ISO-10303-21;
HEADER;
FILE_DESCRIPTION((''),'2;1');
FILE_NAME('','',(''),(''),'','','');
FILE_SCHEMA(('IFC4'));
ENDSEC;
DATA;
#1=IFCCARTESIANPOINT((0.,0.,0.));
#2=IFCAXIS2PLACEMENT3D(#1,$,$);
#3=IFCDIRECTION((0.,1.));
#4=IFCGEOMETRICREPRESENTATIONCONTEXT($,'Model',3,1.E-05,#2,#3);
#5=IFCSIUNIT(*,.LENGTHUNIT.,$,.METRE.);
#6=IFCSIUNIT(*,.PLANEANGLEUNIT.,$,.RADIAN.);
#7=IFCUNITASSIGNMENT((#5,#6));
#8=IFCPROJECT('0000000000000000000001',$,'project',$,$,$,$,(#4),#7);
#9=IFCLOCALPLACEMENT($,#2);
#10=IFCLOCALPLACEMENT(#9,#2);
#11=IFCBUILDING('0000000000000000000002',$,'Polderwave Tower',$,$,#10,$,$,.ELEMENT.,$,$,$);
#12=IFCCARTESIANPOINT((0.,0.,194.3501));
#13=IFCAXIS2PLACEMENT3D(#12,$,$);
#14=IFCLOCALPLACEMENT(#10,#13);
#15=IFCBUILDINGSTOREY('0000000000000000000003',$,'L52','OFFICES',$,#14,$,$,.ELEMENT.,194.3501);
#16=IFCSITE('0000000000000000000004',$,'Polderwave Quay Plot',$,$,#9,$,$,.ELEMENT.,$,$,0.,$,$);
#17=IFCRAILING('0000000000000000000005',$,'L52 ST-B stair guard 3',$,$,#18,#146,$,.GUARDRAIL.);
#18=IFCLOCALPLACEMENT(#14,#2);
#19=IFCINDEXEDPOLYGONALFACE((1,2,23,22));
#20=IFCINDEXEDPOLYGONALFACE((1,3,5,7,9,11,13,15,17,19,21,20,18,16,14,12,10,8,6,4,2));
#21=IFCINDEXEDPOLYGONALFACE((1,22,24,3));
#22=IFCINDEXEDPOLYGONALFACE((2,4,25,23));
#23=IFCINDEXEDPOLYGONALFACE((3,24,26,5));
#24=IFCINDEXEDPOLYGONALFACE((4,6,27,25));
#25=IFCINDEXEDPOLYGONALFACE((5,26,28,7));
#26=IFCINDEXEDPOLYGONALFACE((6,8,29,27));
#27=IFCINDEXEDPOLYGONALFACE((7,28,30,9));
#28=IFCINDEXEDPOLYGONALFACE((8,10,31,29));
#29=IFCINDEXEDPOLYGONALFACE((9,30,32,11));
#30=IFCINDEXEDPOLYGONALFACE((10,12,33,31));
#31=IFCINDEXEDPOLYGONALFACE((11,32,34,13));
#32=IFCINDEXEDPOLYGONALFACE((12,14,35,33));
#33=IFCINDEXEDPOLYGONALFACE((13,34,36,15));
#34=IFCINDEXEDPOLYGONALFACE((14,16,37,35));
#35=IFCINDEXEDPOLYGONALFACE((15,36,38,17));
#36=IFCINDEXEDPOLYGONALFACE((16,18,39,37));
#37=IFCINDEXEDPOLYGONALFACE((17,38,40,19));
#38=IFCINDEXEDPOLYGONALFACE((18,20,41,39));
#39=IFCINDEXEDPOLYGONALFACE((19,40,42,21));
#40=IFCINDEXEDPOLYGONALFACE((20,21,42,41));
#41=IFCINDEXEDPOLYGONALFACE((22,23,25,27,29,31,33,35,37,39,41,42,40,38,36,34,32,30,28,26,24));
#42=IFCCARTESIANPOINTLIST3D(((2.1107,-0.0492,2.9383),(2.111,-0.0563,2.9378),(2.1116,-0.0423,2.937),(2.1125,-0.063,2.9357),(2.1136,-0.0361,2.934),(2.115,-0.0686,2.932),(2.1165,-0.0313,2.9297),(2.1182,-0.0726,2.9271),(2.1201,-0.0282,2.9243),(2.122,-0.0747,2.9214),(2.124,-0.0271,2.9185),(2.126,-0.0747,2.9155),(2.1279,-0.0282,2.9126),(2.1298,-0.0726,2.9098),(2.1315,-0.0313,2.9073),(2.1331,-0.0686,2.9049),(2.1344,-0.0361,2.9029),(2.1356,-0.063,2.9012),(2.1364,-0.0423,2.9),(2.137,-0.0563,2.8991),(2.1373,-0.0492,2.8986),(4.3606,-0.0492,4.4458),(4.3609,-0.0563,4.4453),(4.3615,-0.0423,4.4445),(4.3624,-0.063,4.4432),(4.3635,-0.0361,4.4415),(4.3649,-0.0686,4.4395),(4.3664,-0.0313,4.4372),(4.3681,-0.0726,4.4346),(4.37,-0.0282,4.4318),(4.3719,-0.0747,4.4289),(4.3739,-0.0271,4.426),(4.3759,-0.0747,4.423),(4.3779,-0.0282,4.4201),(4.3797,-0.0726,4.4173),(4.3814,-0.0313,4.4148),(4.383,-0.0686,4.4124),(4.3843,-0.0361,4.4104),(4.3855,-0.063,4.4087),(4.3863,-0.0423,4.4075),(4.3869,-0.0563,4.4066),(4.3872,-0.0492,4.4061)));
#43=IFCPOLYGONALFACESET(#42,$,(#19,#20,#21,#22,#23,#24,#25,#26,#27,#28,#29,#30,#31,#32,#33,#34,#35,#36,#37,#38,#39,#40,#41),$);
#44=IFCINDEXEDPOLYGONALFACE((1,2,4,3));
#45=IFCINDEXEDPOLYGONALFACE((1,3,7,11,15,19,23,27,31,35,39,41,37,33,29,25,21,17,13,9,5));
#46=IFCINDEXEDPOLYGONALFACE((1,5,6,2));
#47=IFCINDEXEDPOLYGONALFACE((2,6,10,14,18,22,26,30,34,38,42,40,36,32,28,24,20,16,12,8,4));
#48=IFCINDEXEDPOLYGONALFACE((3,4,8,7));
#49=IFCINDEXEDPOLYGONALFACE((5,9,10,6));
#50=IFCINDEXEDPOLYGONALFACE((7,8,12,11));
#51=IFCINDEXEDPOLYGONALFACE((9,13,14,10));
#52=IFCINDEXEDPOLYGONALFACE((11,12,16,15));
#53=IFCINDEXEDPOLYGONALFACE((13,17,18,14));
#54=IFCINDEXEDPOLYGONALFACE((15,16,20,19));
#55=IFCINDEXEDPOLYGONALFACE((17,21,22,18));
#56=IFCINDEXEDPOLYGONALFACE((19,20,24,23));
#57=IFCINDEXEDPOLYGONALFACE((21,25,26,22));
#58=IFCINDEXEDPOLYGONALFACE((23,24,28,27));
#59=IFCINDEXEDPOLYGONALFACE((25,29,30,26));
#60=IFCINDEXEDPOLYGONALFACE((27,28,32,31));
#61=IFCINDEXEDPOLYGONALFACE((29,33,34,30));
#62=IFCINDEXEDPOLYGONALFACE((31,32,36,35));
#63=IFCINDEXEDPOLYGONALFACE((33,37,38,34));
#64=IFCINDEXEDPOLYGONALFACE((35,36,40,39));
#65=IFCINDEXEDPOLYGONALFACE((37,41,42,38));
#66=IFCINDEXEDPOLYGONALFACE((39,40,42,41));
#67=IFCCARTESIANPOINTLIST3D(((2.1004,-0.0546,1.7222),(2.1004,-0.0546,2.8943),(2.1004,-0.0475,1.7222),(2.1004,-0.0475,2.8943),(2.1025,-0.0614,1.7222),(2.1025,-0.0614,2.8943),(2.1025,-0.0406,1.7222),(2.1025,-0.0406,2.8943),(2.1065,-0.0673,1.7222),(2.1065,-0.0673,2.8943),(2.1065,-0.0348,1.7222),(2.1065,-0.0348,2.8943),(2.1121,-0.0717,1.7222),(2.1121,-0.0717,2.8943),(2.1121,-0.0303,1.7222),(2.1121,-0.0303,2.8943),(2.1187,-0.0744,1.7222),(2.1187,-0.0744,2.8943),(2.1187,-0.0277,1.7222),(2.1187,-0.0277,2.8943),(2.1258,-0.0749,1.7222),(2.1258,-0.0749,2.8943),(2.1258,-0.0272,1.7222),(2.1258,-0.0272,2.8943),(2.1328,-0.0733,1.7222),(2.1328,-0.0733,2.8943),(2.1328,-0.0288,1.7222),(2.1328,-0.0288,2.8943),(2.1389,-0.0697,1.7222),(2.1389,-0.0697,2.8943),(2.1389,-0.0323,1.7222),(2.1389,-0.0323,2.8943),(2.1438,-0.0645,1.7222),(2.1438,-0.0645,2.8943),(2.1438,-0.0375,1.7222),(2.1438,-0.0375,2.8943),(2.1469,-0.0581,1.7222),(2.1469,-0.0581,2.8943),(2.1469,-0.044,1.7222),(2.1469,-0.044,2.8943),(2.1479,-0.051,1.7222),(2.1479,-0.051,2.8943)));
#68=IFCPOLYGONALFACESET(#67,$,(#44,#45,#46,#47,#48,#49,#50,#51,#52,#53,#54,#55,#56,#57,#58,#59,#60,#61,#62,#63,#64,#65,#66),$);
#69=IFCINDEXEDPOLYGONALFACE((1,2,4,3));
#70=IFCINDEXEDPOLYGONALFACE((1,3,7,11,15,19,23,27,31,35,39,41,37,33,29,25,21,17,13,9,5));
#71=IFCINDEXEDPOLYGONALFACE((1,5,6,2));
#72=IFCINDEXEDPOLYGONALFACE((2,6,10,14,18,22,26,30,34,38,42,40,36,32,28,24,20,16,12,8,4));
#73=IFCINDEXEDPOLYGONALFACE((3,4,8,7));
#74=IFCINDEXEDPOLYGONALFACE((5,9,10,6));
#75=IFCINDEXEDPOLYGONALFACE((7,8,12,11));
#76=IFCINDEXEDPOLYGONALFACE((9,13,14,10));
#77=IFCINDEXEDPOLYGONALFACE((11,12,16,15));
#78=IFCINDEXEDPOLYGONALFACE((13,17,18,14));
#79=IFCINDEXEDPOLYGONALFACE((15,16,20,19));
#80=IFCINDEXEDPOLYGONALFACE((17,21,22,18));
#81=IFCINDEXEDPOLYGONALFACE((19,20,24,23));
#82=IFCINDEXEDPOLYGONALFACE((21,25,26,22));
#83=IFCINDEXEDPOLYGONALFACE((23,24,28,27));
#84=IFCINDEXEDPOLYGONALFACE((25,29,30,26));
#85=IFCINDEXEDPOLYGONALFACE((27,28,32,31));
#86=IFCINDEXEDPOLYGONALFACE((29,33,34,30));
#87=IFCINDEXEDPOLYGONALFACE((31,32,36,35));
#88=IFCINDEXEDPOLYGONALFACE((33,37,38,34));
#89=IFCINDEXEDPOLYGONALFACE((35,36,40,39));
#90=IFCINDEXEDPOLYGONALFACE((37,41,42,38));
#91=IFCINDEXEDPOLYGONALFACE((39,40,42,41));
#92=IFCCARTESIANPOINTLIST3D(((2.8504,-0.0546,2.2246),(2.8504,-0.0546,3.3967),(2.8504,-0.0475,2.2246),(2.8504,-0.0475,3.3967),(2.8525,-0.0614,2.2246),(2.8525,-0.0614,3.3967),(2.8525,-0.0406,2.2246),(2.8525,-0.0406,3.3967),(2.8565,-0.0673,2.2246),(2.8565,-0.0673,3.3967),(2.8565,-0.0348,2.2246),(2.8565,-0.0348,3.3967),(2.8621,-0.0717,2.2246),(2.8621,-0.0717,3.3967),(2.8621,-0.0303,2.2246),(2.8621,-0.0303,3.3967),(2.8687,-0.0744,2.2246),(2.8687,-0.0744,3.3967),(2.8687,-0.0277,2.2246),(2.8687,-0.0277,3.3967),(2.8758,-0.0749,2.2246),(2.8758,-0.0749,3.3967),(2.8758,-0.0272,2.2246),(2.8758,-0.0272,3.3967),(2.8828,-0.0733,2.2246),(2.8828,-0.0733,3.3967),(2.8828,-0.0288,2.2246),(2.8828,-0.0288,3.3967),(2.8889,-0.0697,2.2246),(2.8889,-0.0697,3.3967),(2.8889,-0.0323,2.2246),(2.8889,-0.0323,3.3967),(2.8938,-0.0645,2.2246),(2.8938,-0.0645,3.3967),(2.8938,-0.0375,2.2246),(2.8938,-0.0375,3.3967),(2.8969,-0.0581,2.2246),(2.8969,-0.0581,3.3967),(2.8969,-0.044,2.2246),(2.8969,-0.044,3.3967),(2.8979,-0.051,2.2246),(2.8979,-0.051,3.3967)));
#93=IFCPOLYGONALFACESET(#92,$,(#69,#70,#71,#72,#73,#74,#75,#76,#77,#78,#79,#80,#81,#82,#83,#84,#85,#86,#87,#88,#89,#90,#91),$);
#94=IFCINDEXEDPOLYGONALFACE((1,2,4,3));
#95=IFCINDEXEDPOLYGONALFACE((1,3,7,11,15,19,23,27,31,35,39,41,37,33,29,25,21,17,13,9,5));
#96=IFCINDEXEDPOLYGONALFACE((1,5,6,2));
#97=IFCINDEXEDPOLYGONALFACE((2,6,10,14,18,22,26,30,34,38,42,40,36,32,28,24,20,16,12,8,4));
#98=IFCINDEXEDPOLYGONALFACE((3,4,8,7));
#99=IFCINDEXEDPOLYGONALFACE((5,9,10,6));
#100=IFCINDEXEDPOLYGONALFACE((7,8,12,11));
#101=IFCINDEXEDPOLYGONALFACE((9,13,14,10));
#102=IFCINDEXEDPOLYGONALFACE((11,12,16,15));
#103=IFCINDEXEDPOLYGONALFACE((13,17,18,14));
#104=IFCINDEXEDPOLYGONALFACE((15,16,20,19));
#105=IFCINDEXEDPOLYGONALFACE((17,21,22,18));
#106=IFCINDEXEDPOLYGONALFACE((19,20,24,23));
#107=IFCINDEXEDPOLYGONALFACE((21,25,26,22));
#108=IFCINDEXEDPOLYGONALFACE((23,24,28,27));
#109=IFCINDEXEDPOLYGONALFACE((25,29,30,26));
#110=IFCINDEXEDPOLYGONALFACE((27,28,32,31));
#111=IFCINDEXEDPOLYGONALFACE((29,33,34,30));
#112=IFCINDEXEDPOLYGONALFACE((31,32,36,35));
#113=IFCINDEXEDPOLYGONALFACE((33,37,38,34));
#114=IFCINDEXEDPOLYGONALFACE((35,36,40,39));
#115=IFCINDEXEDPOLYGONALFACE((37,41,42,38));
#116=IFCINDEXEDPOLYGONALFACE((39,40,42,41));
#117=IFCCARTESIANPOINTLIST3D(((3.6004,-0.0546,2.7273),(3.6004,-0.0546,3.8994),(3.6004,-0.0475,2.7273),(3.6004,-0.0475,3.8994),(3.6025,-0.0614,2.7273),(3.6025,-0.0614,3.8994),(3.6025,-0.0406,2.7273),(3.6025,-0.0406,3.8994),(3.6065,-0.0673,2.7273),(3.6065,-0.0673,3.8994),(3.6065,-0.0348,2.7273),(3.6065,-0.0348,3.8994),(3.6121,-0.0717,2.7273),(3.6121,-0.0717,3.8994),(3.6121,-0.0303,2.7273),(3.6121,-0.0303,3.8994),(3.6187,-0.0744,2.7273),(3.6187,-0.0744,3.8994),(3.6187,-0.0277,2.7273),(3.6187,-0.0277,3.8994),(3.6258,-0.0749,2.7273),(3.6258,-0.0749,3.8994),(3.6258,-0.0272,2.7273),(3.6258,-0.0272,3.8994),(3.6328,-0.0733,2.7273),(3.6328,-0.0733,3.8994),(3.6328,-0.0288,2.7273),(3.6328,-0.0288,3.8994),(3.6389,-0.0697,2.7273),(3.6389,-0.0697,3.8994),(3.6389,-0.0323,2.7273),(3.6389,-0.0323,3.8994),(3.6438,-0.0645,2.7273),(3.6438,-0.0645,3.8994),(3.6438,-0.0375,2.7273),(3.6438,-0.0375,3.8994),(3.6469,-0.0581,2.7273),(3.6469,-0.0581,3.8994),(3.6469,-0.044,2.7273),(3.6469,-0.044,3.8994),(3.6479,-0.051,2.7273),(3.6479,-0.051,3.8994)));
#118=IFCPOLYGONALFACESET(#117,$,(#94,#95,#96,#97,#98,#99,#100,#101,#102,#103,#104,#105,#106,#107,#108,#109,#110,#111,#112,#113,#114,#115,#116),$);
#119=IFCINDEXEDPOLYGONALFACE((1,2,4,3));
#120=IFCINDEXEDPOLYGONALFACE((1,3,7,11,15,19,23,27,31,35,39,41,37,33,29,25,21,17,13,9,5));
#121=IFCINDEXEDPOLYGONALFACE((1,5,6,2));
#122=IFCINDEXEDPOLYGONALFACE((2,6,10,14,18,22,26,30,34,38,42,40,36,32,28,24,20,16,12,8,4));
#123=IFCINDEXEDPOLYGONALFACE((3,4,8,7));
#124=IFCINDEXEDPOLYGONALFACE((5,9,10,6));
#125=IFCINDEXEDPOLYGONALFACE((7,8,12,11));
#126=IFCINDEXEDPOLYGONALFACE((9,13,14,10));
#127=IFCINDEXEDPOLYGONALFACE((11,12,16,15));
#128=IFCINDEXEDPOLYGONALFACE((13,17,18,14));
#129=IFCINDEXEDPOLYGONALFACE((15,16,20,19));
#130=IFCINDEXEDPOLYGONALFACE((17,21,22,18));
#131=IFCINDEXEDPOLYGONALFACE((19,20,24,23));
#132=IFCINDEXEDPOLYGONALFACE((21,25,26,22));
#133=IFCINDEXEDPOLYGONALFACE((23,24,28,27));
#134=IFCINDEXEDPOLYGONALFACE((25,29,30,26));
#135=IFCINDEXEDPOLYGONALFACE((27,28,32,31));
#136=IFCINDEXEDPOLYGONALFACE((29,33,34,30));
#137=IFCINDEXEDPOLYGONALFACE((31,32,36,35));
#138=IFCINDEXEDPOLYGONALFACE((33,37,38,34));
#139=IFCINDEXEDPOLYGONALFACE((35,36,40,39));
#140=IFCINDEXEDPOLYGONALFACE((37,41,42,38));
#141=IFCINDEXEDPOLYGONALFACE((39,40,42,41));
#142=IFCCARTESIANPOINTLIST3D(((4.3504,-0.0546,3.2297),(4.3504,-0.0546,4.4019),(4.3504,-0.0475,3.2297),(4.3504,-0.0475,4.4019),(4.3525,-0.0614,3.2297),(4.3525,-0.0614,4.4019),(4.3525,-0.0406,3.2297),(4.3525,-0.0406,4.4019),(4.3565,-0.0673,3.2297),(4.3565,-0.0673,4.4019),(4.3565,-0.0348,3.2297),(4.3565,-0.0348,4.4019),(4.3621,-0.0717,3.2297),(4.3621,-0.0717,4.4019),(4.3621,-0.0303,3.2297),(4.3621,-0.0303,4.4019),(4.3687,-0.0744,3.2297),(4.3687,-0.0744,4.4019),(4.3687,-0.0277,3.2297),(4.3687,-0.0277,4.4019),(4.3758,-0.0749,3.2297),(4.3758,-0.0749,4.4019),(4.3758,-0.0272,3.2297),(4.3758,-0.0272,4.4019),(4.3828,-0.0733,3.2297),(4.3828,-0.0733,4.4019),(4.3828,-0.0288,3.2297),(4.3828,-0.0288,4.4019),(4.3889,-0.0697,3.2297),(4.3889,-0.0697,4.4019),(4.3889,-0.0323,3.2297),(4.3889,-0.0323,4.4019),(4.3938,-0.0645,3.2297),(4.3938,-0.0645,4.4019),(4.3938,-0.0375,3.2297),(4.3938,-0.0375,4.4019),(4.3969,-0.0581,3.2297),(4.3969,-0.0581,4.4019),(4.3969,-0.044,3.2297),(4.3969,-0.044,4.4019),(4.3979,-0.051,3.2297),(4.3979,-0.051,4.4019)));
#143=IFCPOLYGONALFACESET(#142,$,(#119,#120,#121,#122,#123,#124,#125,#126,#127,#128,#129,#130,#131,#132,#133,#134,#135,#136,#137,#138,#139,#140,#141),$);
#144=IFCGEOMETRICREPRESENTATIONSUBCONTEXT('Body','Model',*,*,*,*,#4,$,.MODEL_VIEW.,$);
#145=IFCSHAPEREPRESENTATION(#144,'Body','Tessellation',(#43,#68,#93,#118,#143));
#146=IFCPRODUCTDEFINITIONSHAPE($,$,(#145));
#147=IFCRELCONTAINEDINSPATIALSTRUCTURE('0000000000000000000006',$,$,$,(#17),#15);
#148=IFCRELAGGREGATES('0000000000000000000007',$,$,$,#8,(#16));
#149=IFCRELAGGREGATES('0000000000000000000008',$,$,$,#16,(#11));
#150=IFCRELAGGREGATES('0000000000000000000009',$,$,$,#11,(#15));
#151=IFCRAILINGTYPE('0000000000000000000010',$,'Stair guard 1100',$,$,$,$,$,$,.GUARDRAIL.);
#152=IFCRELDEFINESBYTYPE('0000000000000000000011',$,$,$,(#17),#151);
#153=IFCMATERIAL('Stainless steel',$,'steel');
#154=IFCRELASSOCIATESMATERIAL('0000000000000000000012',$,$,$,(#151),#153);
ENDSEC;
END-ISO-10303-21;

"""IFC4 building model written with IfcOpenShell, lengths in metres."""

from ifc_helpers import new_model, si_unit, direction, frame, origin, origin_2d, place, context, subcontext, project, spatial, circle, extrude, material, type_object, element, save


model = new_model("IFC4")

# Units and contexts
model_context = context("Model", 3, precision=1e-05, world=origin(), true_north=direction((0.0, 1.0)))
body_context = subcontext(model_context, "Body", "Model", "MODEL_VIEW")
ifc_project = project(units=[si_unit("LENGTHUNIT", "METRE"), si_unit("PLANEANGLEUNIT", "RADIAN")], contexts=[model_context])

# Site, building, storey
site_placement = place(None, origin())
site = spatial("IfcSite", under=ifc_project, at=site_placement, Name="Polderwave Quay Plot", CompositionType="ELEMENT", RefElevation=0.0)
building_placement = place(site_placement, origin())
building = spatial("IfcBuilding", under=site, at=building_placement, Name="Polderwave Tower", CompositionType="ELEMENT")
storey_placement = place(building_placement, frame((0.0, 0.0, 194.3501)))
storey = spatial("IfcBuildingStorey", under=building, at=storey_placement, Name="L52", Description="OFFICES", CompositionType="ELEMENT", Elevation=194.3501)

# Railing
ifc_material_1 = material(Name="Stainless steel", Category="steel")
railing_type_1 = type_object("IfcRailingType", Name="Stair guard 1100", PredefinedType="GUARDRAIL", material=ifc_material_1)
railing_1_placement = place(storey_placement, frame((2.124, -0.051, 1.7222)))
element("IfcRailing", 1, at=railing_1_placement, inside=storey, type_object=railing_type_1, Name="L52 ST-B stair guard 3", PredefinedType="GUARDRAIL", context=body_context, shape_type="SweptSolid", body=[
    extrude(circle(Radius=0.0239, at=origin_2d()), frame((0.0, 0.0, 1.1963), z_axis=(0.830758, 0.0, 0.556633), x_axis=(0.0, 1.0, 0.0)), (0.0, 0.0, 1.0), 2.7083),
    extrude(circle(Radius=0.0239, at=origin_2d()), origin(), (0.0, 0.0, 1.0), 1.1721),
    extrude(circle(Radius=0.0239, at=origin_2d()), frame((0.75, 0.0, 0.5024)), (0.0, 0.0, 1.0), 1.1721),
    extrude(circle(Radius=0.0239, at=origin_2d()), frame((1.5, 0.0, 1.0051)), (0.0, 0.0, 1.0), 1.1721),
    extrude(circle(Radius=0.0239, at=origin_2d()), frame((2.25, 0.0, 1.5076)), (0.0, 0.0, 1.0), 1.1721),
])

save(model, "model.ifc")
